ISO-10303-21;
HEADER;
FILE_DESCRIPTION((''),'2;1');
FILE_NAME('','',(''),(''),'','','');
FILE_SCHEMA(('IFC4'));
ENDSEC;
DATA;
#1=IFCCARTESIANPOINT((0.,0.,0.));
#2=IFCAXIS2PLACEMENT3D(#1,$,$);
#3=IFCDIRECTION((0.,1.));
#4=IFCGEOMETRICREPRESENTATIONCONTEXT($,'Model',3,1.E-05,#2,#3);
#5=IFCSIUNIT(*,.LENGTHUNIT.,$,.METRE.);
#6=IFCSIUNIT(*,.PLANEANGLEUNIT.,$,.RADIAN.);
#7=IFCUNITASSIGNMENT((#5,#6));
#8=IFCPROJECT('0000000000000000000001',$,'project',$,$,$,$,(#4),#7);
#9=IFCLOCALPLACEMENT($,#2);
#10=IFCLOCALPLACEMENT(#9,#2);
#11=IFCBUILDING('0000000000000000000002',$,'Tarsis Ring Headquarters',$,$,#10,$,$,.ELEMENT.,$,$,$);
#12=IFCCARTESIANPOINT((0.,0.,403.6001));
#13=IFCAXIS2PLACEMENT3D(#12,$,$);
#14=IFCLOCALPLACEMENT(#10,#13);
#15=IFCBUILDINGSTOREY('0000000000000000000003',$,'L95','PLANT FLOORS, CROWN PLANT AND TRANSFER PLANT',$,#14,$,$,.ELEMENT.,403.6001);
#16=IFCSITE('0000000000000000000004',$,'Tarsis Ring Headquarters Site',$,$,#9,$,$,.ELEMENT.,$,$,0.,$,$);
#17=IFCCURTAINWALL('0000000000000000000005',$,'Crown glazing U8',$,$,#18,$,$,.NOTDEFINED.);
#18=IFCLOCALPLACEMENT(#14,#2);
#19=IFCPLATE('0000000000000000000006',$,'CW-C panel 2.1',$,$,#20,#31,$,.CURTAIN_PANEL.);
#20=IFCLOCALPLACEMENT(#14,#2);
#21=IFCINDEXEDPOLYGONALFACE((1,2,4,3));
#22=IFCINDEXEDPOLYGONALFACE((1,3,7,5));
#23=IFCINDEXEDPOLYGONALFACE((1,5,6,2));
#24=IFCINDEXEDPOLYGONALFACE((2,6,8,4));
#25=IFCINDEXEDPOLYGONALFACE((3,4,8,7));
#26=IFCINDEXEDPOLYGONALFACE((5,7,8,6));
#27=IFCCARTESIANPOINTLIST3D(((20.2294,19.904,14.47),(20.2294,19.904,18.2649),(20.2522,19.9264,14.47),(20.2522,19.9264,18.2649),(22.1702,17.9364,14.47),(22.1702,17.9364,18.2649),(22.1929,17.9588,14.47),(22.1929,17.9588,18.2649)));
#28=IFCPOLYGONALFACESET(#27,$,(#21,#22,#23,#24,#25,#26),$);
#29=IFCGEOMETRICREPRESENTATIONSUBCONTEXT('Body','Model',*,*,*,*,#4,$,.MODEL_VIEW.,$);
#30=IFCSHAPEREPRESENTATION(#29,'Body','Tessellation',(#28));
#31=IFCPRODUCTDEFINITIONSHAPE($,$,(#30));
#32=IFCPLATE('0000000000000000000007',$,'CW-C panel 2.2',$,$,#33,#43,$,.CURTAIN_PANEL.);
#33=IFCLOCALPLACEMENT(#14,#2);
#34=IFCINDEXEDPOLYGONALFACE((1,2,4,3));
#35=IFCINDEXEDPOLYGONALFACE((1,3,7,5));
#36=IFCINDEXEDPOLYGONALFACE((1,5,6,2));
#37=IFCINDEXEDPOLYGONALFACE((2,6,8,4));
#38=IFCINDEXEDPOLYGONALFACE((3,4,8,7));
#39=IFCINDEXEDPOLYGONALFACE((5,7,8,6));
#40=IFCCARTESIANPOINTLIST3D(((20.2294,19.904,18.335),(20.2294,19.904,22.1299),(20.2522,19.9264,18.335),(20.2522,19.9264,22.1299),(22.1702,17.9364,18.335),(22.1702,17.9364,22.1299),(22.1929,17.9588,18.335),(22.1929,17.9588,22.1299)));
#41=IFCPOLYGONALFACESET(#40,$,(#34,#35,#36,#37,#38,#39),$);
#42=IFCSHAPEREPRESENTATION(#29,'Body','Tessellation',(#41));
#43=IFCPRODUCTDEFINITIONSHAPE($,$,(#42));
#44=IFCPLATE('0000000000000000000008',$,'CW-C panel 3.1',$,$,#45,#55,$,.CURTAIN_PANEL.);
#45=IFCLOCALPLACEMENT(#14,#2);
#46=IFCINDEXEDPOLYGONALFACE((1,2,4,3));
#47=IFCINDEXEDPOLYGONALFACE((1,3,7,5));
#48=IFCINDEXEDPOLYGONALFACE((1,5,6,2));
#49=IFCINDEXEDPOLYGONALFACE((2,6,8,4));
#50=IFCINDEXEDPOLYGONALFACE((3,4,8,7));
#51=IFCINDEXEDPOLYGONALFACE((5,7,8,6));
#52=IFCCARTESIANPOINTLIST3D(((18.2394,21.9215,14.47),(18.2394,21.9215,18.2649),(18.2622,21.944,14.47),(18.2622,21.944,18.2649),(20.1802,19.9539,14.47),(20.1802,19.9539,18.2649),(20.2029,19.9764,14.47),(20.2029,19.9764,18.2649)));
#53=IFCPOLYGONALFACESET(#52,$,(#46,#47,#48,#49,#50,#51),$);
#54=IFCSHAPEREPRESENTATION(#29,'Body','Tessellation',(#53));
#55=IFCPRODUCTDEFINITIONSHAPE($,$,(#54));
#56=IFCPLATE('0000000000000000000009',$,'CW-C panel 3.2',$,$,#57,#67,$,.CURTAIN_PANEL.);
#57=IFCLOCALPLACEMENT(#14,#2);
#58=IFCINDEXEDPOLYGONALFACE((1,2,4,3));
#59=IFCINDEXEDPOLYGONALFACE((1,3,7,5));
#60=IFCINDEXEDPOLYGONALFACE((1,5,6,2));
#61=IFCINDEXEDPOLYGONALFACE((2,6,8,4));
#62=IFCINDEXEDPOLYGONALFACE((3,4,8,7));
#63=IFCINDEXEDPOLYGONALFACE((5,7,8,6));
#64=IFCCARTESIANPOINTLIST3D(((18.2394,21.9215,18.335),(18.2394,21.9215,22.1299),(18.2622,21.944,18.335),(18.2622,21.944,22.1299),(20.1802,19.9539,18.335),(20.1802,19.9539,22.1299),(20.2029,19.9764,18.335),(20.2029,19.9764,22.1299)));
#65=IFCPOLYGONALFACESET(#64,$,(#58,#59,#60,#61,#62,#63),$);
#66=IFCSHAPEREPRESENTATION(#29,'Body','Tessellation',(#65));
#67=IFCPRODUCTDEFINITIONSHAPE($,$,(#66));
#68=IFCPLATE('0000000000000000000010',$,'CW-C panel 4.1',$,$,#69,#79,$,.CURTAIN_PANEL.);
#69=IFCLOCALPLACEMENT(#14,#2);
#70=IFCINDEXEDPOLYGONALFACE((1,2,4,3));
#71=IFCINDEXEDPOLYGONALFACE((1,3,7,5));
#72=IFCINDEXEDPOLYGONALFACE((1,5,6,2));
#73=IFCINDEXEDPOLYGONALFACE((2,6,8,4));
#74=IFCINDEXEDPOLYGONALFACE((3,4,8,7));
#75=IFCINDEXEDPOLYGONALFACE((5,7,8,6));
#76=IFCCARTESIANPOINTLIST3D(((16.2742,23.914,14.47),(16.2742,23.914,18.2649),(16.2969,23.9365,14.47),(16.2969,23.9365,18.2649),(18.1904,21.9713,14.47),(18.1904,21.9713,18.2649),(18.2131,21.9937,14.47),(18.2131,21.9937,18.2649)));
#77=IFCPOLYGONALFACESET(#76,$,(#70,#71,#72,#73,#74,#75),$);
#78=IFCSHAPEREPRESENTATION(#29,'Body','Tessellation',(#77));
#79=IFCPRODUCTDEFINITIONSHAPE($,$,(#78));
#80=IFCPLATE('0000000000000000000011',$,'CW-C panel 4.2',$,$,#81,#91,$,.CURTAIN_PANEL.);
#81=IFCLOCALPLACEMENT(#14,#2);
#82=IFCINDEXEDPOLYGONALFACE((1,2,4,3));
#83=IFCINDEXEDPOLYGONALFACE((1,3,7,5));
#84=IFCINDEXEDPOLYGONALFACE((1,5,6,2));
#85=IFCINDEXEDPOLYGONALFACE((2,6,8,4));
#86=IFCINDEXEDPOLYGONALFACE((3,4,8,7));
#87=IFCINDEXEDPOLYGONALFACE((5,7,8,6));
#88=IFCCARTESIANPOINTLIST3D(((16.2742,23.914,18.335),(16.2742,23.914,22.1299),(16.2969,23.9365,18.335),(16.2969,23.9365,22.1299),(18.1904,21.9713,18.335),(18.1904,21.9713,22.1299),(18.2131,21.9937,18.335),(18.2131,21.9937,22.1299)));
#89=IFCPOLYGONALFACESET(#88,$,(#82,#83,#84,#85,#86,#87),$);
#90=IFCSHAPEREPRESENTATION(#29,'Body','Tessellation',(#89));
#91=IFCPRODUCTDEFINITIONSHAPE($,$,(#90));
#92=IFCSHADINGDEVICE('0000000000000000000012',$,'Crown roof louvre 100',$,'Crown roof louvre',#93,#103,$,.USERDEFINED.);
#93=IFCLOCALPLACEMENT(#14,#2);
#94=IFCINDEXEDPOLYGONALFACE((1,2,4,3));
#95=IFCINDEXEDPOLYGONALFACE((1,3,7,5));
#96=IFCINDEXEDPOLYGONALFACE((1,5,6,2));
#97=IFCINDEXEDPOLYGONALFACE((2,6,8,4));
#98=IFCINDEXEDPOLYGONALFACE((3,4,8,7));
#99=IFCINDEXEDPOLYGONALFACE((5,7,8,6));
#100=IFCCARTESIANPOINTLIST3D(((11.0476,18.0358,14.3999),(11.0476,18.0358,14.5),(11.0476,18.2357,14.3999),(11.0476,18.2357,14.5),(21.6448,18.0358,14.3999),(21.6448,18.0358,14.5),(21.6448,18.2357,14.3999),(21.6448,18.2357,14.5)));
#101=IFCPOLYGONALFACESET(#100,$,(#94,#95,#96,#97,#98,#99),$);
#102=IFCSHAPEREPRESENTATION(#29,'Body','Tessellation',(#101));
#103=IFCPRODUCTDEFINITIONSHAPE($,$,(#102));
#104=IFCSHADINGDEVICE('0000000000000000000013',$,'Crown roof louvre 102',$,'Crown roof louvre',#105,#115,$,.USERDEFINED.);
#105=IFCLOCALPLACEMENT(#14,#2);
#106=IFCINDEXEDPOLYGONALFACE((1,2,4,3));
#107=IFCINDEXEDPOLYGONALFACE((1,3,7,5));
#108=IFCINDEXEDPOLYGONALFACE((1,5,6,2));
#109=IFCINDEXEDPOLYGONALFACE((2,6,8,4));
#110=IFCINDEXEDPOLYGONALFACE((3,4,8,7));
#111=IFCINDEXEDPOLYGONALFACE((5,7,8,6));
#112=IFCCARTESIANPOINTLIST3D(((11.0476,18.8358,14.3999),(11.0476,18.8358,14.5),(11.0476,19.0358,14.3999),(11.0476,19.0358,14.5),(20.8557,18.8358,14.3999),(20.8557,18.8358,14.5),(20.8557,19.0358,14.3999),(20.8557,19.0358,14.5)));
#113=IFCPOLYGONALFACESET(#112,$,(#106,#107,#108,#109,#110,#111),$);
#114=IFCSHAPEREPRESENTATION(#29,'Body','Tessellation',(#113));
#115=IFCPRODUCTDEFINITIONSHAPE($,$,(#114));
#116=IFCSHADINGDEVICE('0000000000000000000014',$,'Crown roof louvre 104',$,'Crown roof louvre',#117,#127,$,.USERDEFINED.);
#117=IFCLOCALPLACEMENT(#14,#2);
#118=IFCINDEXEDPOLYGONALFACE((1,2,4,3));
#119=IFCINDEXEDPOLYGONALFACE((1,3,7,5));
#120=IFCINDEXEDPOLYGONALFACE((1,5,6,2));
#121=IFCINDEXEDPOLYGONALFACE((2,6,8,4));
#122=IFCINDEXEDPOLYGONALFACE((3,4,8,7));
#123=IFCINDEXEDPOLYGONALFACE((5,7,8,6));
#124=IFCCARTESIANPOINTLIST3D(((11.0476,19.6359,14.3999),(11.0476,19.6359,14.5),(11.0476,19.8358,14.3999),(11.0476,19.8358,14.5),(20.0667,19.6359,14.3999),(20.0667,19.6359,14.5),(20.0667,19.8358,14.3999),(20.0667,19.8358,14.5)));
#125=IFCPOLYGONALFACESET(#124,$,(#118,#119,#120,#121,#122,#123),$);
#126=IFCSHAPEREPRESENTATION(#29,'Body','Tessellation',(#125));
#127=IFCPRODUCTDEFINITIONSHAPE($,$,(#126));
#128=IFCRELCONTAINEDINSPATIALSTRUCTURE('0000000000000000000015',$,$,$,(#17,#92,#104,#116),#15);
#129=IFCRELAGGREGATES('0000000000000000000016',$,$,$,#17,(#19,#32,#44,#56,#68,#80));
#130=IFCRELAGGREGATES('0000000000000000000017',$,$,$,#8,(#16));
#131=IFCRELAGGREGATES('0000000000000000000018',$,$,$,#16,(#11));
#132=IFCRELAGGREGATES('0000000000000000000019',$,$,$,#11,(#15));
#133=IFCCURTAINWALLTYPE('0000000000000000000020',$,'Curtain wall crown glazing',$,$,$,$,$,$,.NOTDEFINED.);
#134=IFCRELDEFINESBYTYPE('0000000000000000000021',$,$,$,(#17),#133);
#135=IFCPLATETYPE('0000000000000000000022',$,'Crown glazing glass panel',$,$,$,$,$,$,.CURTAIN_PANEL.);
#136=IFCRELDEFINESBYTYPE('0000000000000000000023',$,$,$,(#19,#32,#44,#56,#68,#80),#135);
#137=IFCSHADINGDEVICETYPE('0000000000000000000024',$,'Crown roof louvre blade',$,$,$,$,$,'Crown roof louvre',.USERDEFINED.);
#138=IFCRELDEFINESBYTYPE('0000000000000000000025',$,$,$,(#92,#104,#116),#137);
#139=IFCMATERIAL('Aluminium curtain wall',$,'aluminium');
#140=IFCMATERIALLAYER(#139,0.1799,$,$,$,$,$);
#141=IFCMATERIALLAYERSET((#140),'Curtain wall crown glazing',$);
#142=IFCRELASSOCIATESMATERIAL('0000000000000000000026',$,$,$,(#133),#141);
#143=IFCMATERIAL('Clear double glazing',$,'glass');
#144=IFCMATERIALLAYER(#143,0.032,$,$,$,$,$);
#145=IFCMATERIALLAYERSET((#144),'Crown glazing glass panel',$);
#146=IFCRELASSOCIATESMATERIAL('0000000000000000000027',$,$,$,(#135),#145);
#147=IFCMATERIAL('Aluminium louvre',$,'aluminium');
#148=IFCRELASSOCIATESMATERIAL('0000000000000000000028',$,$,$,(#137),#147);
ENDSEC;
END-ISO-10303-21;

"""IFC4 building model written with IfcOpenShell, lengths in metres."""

from ifc_helpers import new_model, si_unit, direction, frame, origin, origin_2d, place, context, subcontext, project, spatial, rectangle, extrude, material, layer, layer_set, type_object, element, aggregate, save


model = new_model("IFC4")

# Units and contexts
model_context = context("Model", 3, precision=1e-05, world=origin(), true_north=direction((0.0, 1.0)))
body_context = subcontext(model_context, "Body", "Model", "MODEL_VIEW")
ifc_project = project(units=[si_unit("LENGTHUNIT", "METRE"), si_unit("PLANEANGLEUNIT", "RADIAN")], contexts=[model_context])

# Site, building, storey
site_placement = place(None, origin())
site = spatial("IfcSite", under=ifc_project, at=site_placement, Name="Tarsis Ring Headquarters Site", CompositionType="ELEMENT", RefElevation=0.0)
building_placement = place(site_placement, origin())
building = spatial("IfcBuilding", under=site, at=building_placement, Name="Tarsis Ring Headquarters", CompositionType="ELEMENT")
storey_placement = place(building_placement, frame((0.0, 0.0, 403.6001)))
storey = spatial("IfcBuildingStorey", under=building, at=storey_placement, Name="L95", Description="PLANT FLOORS, CROWN PLANT AND TRANSFER PLANT", CompositionType="ELEMENT", Elevation=403.6001)

# Curtain wall, plates
ifc_material_1 = material(Name="Aluminium curtain wall", Category="aluminium")
ifc_layer_1 = layer(ifc_material_1, 0.1799)
ifc_layer_set_1 = layer_set([ifc_layer_1], Name="Curtain wall crown glazing")
curtain_wall_type = type_object("IfcCurtainWallType", Name="Curtain wall crown glazing", PredefinedType="NOTDEFINED", material=ifc_layer_set_1)
curtain_wall_placement = place(storey_placement, origin())
curtain_wall = element("IfcCurtainWall", 1, at=curtain_wall_placement, inside=storey, type_object=curtain_wall_type, Name="Crown glazing U8", PredefinedType="NOTDEFINED")
ifc_material_2 = material(Name="Clear double glazing", Category="glass")
ifc_layer_2 = layer(ifc_material_2, 0.032)
ifc_layer_set_2 = layer_set([ifc_layer_2], Name="Crown glazing glass panel")
plate_type = type_object("IfcPlateType", Name="Crown glazing glass panel", PredefinedType="CURTAIN_PANEL", material=ifc_layer_set_2)
plate_1_placement = place(storey_placement, frame((21.2112, 18.9314, 14.47), z_axis=(0.0, 0.0, 1.0), x_axis=(-0.702231, 0.711949, 0.0)))
plate_1 = element("IfcPlate", 2, at=plate_1_placement, type_object=plate_type, Name="CW-C panel 2.1", PredefinedType="CURTAIN_PANEL", context=body_context, shape_type="SweptSolid", body=[
    extrude(rectangle(XDim=2.7637, YDim=0.032, at=origin_2d()), origin(), (0.0, 0.0, 1.0), 3.7949),
])
plate_2_placement = place(storey_placement, frame((21.2112, 18.9314, 18.335), z_axis=(0.0, 0.0, 1.0), x_axis=(-0.702231, 0.711949, 0.0)))
plate_2 = element("IfcPlate", 3, at=plate_2_placement, type_object=plate_type, Name="CW-C panel 2.2", PredefinedType="CURTAIN_PANEL", context=body_context, shape_type="SweptSolid", body=[
    extrude(rectangle(XDim=2.7637, YDim=0.032, at=origin_2d()), origin(), (0.0, 0.0, 1.0), 3.7949),
])
plate_3_placement = place(storey_placement, frame((19.2212, 20.949, 14.47), z_axis=(0.0, 0.0, 1.0), x_axis=(-0.702231, 0.711949, 0.0)))
plate_3 = element("IfcPlate", 4, at=plate_3_placement, type_object=plate_type, Name="CW-C panel 3.1", PredefinedType="CURTAIN_PANEL", context=body_context, shape_type="SweptSolid", body=[
    extrude(rectangle(XDim=2.7637, YDim=0.032, at=origin_2d()), origin(), (0.0, 0.0, 1.0), 3.7949),
])
plate_4_placement = place(storey_placement, frame((19.2212, 20.949, 18.335), z_axis=(0.0, 0.0, 1.0), x_axis=(-0.702231, 0.711949, 0.0)))
plate_4 = element("IfcPlate", 5, at=plate_4_placement, type_object=plate_type, Name="CW-C panel 3.2", PredefinedType="CURTAIN_PANEL", context=body_context, shape_type="SweptSolid", body=[
    extrude(rectangle(XDim=2.7637, YDim=0.032, at=origin_2d()), origin(), (0.0, 0.0, 1.0), 3.7949),
])
plate_5_placement = place(storey_placement, frame((17.2437, 22.9539, 14.47), z_axis=(0.0, 0.0, 1.0), x_axis=(-0.702231, 0.711949, 0.0)))
plate_5 = element("IfcPlate", 6, at=plate_5_placement, type_object=plate_type, Name="CW-C panel 4.1", PredefinedType="CURTAIN_PANEL", context=body_context, shape_type="SweptSolid", body=[
    extrude(rectangle(XDim=2.7288, YDim=0.032, at=origin_2d()), origin(), (0.0, 0.0, 1.0), 3.7949),
])
plate_6_placement = place(storey_placement, frame((17.2437, 22.9539, 18.335), z_axis=(0.0, 0.0, 1.0), x_axis=(-0.702231, 0.711949, 0.0)))
plate_6 = element("IfcPlate", 7, at=plate_6_placement, type_object=plate_type, Name="CW-C panel 4.2", PredefinedType="CURTAIN_PANEL", context=body_context, shape_type="SweptSolid", body=[
    extrude(rectangle(XDim=2.7288, YDim=0.032, at=origin_2d()), origin(), (0.0, 0.0, 1.0), 3.7949),
])
aggregate(curtain_wall, [plate_1, plate_2, plate_3, plate_4, plate_5, plate_6])

# Shading devices
ifc_material_3 = material(Name="Aluminium louvre", Category="aluminium")
shading_device_type = type_object("IfcShadingDeviceType", Name="Crown roof louvre blade", ElementType="Crown roof louvre", PredefinedType="USERDEFINED", material=ifc_material_3)
shading_device_1_placement = place(storey_placement, frame((16.3462, 18.1357, 14.3999), z_axis=(0.0, 0.0, 1.0), x_axis=(1.0, 0.0, 0.0)))
element("IfcShadingDevice", 8, at=shading_device_1_placement, inside=storey, type_object=shading_device_type, Name="Crown roof louvre 100", ObjectType="Crown roof louvre", PredefinedType="USERDEFINED", context=body_context, shape_type="SweptSolid", body=[
    extrude(rectangle(XDim=10.5972, YDim=0.2, at=origin_2d()), origin(), (0.0, 0.0, 1.0), 0.1001),
])
shading_device_2_placement = place(storey_placement, frame((15.9517, 18.9358, 14.3999), z_axis=(0.0, 0.0, 1.0), x_axis=(1.0, 0.0, 0.0)))
element("IfcShadingDevice", 9, at=shading_device_2_placement, inside=storey, type_object=shading_device_type, Name="Crown roof louvre 102", ObjectType="Crown roof louvre", PredefinedType="USERDEFINED", context=body_context, shape_type="SweptSolid", body=[
    extrude(rectangle(XDim=9.8081, YDim=0.2, at=origin_2d()), origin(), (0.0, 0.0, 1.0), 0.1001),
])
shading_device_3_placement = place(storey_placement, frame((15.5571, 19.7358, 14.3999), z_axis=(0.0, 0.0, 1.0), x_axis=(1.0, 0.0, 0.0)))
element("IfcShadingDevice", 10, at=shading_device_3_placement, inside=storey, type_object=shading_device_type, Name="Crown roof louvre 104", ObjectType="Crown roof louvre", PredefinedType="USERDEFINED", context=body_context, shape_type="SweptSolid", body=[
    extrude(rectangle(XDim=9.019, YDim=0.2, at=origin_2d()), origin(), (0.0, 0.0, 1.0), 0.1001),
])

save(model, "model.ifc")
